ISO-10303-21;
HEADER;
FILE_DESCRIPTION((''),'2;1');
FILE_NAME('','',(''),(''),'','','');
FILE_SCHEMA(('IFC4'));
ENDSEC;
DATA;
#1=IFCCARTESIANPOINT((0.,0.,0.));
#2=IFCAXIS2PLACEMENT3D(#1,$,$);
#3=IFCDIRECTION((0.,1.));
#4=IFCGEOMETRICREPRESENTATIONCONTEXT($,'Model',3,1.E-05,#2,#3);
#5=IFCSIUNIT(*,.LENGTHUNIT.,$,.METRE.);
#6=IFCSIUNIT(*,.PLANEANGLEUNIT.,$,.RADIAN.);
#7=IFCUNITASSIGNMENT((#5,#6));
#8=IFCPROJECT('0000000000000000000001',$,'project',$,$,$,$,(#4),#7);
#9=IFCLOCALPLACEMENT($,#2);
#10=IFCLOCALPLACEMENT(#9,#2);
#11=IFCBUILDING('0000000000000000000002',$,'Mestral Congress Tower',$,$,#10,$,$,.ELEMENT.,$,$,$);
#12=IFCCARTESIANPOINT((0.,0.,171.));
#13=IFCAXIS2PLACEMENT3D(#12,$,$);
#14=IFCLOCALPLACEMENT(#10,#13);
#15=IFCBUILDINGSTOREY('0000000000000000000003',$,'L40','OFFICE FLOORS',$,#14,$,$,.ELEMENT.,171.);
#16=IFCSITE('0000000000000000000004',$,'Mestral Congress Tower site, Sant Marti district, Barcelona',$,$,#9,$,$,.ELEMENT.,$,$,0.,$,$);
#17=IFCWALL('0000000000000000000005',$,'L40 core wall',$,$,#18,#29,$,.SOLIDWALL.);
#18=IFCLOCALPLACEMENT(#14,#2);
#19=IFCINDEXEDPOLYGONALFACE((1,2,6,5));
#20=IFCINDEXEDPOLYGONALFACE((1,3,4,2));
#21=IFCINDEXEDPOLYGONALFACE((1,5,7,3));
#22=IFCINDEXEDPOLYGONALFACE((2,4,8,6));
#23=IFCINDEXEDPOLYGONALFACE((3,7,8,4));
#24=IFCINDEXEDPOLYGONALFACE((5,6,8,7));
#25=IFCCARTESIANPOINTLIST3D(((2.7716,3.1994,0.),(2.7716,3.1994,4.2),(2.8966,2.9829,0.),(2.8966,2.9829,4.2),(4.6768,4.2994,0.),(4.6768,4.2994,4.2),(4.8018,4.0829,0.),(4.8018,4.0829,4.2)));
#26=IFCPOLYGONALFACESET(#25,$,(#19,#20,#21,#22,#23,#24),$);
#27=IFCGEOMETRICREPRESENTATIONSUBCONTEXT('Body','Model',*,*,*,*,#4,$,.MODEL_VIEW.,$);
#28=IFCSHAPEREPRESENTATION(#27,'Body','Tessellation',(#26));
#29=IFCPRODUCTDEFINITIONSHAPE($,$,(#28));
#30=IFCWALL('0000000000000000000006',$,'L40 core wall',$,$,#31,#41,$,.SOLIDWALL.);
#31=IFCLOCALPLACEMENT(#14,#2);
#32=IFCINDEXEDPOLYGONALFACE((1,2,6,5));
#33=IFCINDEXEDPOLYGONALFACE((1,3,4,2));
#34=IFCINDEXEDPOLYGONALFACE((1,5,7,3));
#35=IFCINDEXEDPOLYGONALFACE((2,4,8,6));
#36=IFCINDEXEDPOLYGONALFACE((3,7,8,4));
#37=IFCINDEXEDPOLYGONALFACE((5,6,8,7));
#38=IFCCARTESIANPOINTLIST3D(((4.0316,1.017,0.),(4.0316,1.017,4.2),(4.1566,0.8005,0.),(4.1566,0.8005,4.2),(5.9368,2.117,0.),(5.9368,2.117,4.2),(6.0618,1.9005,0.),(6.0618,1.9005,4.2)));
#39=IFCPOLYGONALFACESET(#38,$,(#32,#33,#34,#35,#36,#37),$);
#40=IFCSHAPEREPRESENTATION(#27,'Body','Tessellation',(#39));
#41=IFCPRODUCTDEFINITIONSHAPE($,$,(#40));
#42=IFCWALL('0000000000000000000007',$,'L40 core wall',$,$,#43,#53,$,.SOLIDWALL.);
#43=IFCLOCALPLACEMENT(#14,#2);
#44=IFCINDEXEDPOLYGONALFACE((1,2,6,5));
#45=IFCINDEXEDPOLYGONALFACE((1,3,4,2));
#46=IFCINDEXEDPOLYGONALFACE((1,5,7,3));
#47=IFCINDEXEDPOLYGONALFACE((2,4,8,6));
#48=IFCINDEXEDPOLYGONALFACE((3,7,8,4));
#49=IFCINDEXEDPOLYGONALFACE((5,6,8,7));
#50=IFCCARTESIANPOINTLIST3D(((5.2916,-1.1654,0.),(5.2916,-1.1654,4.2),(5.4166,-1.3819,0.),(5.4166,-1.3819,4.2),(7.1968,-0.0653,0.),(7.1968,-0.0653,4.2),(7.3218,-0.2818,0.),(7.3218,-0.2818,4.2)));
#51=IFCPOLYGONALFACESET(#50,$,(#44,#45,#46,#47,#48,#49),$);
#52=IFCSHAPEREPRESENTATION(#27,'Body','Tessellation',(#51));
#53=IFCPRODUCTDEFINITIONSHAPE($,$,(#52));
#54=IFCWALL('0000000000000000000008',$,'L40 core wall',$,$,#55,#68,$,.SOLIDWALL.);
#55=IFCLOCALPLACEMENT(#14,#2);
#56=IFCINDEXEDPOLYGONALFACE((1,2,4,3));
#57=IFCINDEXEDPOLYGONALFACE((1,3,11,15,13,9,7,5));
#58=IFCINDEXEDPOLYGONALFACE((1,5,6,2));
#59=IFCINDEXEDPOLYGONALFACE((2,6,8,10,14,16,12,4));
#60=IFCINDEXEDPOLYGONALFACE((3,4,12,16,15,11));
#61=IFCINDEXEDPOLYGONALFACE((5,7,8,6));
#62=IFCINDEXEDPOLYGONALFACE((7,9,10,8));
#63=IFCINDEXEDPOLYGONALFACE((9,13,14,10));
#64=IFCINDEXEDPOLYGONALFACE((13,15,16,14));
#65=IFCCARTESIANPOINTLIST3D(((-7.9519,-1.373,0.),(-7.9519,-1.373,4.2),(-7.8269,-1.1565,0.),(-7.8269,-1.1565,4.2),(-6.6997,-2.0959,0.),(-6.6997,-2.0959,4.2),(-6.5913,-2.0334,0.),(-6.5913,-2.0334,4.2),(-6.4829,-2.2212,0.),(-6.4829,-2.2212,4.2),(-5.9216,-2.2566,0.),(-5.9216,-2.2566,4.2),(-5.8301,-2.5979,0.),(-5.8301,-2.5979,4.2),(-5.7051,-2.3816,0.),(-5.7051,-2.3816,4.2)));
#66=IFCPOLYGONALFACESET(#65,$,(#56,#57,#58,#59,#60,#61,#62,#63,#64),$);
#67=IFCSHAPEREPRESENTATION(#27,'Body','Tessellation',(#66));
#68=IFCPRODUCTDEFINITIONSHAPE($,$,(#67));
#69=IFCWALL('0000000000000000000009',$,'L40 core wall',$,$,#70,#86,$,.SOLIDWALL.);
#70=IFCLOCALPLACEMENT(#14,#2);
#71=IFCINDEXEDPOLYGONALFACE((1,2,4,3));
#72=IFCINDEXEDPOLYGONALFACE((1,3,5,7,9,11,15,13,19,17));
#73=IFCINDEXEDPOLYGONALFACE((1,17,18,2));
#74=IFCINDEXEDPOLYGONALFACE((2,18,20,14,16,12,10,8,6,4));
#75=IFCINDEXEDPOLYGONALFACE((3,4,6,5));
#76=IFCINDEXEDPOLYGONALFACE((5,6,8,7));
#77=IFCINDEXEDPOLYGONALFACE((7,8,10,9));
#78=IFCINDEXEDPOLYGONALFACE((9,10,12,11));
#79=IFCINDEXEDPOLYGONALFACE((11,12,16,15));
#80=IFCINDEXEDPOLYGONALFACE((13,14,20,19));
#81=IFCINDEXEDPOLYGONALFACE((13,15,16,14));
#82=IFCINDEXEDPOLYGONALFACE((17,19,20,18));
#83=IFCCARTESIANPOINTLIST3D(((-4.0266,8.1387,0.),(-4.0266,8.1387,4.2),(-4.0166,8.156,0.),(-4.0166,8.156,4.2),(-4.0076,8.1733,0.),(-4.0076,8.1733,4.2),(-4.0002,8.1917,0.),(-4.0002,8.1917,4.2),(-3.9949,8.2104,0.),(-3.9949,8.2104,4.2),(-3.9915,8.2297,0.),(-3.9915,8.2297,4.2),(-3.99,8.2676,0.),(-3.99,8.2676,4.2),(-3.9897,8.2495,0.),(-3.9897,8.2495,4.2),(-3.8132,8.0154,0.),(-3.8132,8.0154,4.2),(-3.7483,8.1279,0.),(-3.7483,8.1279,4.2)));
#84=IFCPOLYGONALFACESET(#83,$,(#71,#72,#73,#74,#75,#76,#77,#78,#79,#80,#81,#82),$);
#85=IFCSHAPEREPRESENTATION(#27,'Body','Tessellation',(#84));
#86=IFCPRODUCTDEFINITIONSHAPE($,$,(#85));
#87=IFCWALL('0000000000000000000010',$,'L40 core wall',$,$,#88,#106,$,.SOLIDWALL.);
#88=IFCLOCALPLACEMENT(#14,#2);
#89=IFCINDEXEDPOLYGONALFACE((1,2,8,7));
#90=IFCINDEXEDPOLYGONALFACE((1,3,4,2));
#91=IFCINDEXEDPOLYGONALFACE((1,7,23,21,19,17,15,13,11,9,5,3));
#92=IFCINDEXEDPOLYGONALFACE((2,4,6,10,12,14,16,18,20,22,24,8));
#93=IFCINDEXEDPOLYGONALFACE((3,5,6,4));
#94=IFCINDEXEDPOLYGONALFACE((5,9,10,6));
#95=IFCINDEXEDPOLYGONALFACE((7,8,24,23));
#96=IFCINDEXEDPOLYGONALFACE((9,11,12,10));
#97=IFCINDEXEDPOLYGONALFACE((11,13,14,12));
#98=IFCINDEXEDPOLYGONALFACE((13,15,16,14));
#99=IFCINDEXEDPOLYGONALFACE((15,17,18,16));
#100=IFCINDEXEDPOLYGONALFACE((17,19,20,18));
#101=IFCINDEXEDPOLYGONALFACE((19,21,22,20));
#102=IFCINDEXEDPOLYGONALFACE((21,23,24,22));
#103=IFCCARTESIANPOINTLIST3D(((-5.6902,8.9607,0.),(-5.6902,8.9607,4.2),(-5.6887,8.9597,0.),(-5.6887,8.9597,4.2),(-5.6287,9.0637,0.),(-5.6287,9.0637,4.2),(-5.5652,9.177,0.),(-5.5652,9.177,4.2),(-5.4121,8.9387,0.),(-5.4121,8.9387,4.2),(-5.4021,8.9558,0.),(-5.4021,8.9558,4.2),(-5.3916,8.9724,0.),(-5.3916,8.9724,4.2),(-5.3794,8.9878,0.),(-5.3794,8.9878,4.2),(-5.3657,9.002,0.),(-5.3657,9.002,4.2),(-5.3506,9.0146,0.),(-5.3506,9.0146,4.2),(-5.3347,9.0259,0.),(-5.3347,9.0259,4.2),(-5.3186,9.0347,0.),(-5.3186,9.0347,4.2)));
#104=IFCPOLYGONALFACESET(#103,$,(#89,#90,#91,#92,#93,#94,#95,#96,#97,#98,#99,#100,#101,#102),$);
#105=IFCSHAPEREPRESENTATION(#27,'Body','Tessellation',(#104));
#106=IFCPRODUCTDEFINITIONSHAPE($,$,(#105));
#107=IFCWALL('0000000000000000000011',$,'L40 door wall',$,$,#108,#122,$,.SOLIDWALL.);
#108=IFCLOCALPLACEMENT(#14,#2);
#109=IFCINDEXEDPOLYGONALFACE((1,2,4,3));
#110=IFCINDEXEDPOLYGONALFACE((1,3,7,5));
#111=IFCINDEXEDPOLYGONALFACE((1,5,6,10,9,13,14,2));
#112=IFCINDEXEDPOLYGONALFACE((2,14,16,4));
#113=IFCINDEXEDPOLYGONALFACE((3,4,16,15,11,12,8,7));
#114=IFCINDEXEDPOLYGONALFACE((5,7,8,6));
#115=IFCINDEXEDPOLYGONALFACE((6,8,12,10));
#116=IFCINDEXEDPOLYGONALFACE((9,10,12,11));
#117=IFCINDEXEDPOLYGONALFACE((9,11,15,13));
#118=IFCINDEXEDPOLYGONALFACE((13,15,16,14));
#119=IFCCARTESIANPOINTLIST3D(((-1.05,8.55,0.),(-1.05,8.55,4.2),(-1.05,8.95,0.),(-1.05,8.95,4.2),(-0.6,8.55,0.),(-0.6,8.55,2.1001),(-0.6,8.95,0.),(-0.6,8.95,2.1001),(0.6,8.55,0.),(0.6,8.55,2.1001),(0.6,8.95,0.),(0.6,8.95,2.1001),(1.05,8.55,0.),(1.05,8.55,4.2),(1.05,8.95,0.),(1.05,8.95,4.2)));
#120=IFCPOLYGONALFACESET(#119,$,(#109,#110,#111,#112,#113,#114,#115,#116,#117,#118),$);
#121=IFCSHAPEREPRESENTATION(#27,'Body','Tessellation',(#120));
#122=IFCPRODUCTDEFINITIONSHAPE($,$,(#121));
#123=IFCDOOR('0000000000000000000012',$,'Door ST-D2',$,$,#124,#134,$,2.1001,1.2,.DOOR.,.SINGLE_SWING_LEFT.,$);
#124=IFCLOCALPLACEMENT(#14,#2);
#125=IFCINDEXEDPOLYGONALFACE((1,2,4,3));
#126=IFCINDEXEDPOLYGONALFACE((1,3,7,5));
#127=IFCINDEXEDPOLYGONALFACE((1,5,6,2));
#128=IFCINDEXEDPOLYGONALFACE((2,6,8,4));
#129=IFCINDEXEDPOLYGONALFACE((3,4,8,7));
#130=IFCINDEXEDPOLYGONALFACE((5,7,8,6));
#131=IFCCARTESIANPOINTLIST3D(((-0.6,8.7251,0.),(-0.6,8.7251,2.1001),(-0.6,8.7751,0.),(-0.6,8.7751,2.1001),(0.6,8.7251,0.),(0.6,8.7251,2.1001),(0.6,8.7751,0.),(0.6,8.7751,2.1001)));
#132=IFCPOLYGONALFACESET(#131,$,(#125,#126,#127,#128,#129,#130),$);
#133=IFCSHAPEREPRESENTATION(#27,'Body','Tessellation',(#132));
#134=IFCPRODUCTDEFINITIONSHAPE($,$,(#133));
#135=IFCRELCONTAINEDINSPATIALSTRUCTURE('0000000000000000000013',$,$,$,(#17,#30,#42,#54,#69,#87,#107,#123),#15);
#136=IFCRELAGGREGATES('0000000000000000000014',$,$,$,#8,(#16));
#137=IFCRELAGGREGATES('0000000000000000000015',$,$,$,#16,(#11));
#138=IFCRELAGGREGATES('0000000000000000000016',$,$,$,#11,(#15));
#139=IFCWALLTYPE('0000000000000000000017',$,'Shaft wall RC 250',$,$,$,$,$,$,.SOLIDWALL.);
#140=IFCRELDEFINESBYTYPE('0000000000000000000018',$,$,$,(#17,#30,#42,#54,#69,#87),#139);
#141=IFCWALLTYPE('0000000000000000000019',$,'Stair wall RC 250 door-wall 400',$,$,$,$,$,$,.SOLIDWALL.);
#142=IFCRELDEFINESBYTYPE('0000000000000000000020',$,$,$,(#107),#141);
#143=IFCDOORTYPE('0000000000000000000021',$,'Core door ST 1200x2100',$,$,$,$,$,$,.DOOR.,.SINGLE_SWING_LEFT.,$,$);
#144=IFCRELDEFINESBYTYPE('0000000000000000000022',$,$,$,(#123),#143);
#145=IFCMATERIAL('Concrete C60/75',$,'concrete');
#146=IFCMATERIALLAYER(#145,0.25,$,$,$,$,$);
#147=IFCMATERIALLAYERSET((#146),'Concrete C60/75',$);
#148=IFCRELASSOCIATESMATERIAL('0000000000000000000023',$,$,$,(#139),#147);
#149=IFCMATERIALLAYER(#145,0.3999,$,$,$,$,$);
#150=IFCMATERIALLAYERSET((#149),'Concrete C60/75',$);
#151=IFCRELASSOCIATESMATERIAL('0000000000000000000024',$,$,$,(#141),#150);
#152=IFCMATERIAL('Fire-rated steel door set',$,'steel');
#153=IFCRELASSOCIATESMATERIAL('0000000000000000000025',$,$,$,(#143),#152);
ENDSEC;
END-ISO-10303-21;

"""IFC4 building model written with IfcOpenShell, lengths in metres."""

from ifc_helpers import new_model, si_unit, direction, frame, frame_2d, origin, place, context, subcontext, project, spatial, polyline, rectangle, outline, extrude, material, layer, layer_set, type_object, element, fill, save


model = new_model("IFC4")

# Units and contexts
model_context = context("Model", 3, precision=1e-05, world=origin(), true_north=direction((0.0, 1.0)))
body_context = subcontext(model_context, "Body", "Model", "MODEL_VIEW")
ifc_project = project(units=[si_unit("LENGTHUNIT", "METRE"), si_unit("PLANEANGLEUNIT", "RADIAN")], contexts=[model_context])

# Site, building, storey
site_placement = place(None, origin())
site = spatial("IfcSite", under=ifc_project, at=site_placement, Name="Mestral Congress Tower site, Sant Marti district, Barcelona", CompositionType="ELEMENT", RefElevation=0.0)
building_placement = place(site_placement, origin())
building = spatial("IfcBuilding", under=site, at=building_placement, Name="Mestral Congress Tower", CompositionType="ELEMENT")
storey_placement = place(building_placement, frame((0.0, 0.0, 171.0)))
storey = spatial("IfcBuildingStorey", under=building, at=storey_placement, Name="L40", Description="OFFICE FLOORS", CompositionType="ELEMENT", Elevation=171.0)

# Shared definitions
ifc_material_1 = material(Name="Fire-rated steel door set", Category="steel")

# Walls
ifc_material_2 = material(Name="Concrete C60/75", Category="concrete")
placement = place(storey_placement, origin())
ifc_layer_1 = layer(ifc_material_2, 0.25)
ifc_layer_set_1 = layer_set([ifc_layer_1], Name="Concrete C60/75")
wall_type_1 = type_object("IfcWallType", Name="Shaft wall RC 250", PredefinedType="SOLIDWALL", material=ifc_layer_set_1)
for number, where, z_axis, x_axis, name in (
    (1, (2.834, 3.0911, 0.0), (0.0, 0.0, 1.0), (0.866008, 0.50003, 0.0), "L40 core wall"),
    (2, (4.094, 0.9087, 0.0), (0.0, 0.0, 1.0), (0.866008, 0.50003, 0.0), "L40 core wall"),
    (3, (5.354, -1.2737, 0.0), (0.0, 0.0, 1.0), (0.866008, 0.50003, 0.0), "L40 core wall"),
):
    element("IfcWall", number, at=place(storey_placement, frame(where, z_axis=z_axis, x_axis=x_axis)), inside=storey, type_object=wall_type_1, Name=name, PredefinedType="SOLIDWALL", context=body_context, shape_type="SweptSolid", body=[
        extrude(rectangle(XDim=2.2, YDim=0.25, at=frame_2d((1.1001, 0.0))), origin(), (0.0, 0.0, 1.0), 4.2),
    ])
element("IfcWall", 4, at=placement, inside=storey, type_object=wall_type_1, Name="L40 core wall", PredefinedType="SOLIDWALL", context=body_context, shape_type="SweptSolid", body=[
    extrude(outline(polyline([(-5.9216, -2.2566), (-5.9216, -2.2566), (-5.7051, -2.3816), (-5.8301, -2.5979), (-6.4829, -2.2212), (-6.5913, -2.0334), (-6.5913, -2.0334), (-6.6997, -2.0959), (-7.9519, -1.373), (-7.8269, -1.1565), (-5.9216, -2.2566)])), origin(), (0.0, 0.0, 1.0), 4.2),
])
element("IfcWall", 5, at=placement, inside=storey, type_object=wall_type_1, Name="L40 core wall", PredefinedType="SOLIDWALL", context=body_context, shape_type="SweptSolid", body=[
    extrude(outline(polyline([(-3.7483, 8.1279), (-3.8132, 8.0154), (-4.0266, 8.1387), (-4.0166, 8.156), (-4.0076, 8.1733), (-4.0002, 8.1917), (-3.9949, 8.2104), (-3.9915, 8.2297), (-3.9897, 8.2495), (-3.99, 8.2676), (-3.7483, 8.1279)])), origin(), (0.0, 0.0, 1.0), 4.2),
])
element("IfcWall", 6, at=placement, inside=storey, type_object=wall_type_1, Name="L40 core wall", PredefinedType="SOLIDWALL", context=body_context, shape_type="SweptSolid", body=[
    extrude(outline(polyline([(-5.6887, 8.9597), (-5.6902, 8.9607), (-5.5652, 9.177), (-5.3186, 9.0347), (-5.3347, 9.0259), (-5.3506, 9.0146), (-5.3657, 9.002), (-5.3794, 8.9878), (-5.3916, 8.9724), (-5.4021, 8.9558), (-5.4121, 8.9387), (-5.6287, 9.0637), (-5.6287, 9.0637), (-5.6887, 8.9597)])), origin(), (0.0, 0.0, 1.0), 4.2),
])

# Wall, opening, door
ifc_layer_2 = layer(ifc_material_2, 0.3999)
ifc_layer_set_2 = layer_set([ifc_layer_2], Name="Concrete C60/75")
wall_type_2 = type_object("IfcWallType", Name="Stair wall RC 250 door-wall 400", PredefinedType="SOLIDWALL", material=ifc_layer_set_2)
wall_1_placement = place(storey_placement, frame((1.05, 8.75, 0.0), z_axis=(0.0, 0.0, 1.0), x_axis=(-1.0, 0.0, 0.0)))
wall_1 = element("IfcWall", 7, at=wall_1_placement, inside=storey, type_object=wall_type_2, Name="L40 door wall", PredefinedType="SOLIDWALL", context=body_context, shape_type="SweptSolid", body=[
    extrude(rectangle(XDim=2.1001, YDim=0.3999, at=frame_2d((1.05, 0.0))), origin(), (0.0, 0.0, 1.0), 4.2),
])
opening_1_placement = place(wall_1_placement, frame((0.45, 0.0, 0.0)))
opening_1 = element("IfcOpeningElement", 8, at=opening_1_placement, cuts=wall_1, PredefinedType="OPENING", context=body_context, shape_type="SweptSolid", body=[
    extrude(rectangle(XDim=1.2, YDim=2.1001, at=frame_2d((0.6001, 1.05))), frame((0.0, 0.21, 0.0), z_axis=(0.0, -1.0, 0.0), x_axis=(1.0, 0.0, 0.0)), (0.0, 0.0, 1.0), 0.4199),
])
door_type_1 = type_object("IfcDoorType", Name="Core door ST 1200x2100", OperationType="SINGLE_SWING_LEFT", PredefinedType="DOOR", material=ifc_material_1)
door_1_placement = place(opening_1_placement, origin())
door_1 = element("IfcDoor", 9, at=door_1_placement, inside=storey, type_object=door_type_1, Name="Door ST-D2", OperationType="SINGLE_SWING_LEFT", OverallHeight=2.1001, OverallWidth=1.2, PredefinedType="DOOR", context=body_context, shape_type="SweptSolid", body=[
    extrude(rectangle(XDim=1.2, YDim=2.1001, at=frame_2d((0.6001, 1.05))), frame((0.0, 0.0249, 0.0), z_axis=(0.0, -1.0, 0.0), x_axis=(1.0, 0.0, 0.0)), (0.0, 0.0, 1.0), 0.05),
])
fill(opening_1, door_1)

save(model, "model.ifc")
